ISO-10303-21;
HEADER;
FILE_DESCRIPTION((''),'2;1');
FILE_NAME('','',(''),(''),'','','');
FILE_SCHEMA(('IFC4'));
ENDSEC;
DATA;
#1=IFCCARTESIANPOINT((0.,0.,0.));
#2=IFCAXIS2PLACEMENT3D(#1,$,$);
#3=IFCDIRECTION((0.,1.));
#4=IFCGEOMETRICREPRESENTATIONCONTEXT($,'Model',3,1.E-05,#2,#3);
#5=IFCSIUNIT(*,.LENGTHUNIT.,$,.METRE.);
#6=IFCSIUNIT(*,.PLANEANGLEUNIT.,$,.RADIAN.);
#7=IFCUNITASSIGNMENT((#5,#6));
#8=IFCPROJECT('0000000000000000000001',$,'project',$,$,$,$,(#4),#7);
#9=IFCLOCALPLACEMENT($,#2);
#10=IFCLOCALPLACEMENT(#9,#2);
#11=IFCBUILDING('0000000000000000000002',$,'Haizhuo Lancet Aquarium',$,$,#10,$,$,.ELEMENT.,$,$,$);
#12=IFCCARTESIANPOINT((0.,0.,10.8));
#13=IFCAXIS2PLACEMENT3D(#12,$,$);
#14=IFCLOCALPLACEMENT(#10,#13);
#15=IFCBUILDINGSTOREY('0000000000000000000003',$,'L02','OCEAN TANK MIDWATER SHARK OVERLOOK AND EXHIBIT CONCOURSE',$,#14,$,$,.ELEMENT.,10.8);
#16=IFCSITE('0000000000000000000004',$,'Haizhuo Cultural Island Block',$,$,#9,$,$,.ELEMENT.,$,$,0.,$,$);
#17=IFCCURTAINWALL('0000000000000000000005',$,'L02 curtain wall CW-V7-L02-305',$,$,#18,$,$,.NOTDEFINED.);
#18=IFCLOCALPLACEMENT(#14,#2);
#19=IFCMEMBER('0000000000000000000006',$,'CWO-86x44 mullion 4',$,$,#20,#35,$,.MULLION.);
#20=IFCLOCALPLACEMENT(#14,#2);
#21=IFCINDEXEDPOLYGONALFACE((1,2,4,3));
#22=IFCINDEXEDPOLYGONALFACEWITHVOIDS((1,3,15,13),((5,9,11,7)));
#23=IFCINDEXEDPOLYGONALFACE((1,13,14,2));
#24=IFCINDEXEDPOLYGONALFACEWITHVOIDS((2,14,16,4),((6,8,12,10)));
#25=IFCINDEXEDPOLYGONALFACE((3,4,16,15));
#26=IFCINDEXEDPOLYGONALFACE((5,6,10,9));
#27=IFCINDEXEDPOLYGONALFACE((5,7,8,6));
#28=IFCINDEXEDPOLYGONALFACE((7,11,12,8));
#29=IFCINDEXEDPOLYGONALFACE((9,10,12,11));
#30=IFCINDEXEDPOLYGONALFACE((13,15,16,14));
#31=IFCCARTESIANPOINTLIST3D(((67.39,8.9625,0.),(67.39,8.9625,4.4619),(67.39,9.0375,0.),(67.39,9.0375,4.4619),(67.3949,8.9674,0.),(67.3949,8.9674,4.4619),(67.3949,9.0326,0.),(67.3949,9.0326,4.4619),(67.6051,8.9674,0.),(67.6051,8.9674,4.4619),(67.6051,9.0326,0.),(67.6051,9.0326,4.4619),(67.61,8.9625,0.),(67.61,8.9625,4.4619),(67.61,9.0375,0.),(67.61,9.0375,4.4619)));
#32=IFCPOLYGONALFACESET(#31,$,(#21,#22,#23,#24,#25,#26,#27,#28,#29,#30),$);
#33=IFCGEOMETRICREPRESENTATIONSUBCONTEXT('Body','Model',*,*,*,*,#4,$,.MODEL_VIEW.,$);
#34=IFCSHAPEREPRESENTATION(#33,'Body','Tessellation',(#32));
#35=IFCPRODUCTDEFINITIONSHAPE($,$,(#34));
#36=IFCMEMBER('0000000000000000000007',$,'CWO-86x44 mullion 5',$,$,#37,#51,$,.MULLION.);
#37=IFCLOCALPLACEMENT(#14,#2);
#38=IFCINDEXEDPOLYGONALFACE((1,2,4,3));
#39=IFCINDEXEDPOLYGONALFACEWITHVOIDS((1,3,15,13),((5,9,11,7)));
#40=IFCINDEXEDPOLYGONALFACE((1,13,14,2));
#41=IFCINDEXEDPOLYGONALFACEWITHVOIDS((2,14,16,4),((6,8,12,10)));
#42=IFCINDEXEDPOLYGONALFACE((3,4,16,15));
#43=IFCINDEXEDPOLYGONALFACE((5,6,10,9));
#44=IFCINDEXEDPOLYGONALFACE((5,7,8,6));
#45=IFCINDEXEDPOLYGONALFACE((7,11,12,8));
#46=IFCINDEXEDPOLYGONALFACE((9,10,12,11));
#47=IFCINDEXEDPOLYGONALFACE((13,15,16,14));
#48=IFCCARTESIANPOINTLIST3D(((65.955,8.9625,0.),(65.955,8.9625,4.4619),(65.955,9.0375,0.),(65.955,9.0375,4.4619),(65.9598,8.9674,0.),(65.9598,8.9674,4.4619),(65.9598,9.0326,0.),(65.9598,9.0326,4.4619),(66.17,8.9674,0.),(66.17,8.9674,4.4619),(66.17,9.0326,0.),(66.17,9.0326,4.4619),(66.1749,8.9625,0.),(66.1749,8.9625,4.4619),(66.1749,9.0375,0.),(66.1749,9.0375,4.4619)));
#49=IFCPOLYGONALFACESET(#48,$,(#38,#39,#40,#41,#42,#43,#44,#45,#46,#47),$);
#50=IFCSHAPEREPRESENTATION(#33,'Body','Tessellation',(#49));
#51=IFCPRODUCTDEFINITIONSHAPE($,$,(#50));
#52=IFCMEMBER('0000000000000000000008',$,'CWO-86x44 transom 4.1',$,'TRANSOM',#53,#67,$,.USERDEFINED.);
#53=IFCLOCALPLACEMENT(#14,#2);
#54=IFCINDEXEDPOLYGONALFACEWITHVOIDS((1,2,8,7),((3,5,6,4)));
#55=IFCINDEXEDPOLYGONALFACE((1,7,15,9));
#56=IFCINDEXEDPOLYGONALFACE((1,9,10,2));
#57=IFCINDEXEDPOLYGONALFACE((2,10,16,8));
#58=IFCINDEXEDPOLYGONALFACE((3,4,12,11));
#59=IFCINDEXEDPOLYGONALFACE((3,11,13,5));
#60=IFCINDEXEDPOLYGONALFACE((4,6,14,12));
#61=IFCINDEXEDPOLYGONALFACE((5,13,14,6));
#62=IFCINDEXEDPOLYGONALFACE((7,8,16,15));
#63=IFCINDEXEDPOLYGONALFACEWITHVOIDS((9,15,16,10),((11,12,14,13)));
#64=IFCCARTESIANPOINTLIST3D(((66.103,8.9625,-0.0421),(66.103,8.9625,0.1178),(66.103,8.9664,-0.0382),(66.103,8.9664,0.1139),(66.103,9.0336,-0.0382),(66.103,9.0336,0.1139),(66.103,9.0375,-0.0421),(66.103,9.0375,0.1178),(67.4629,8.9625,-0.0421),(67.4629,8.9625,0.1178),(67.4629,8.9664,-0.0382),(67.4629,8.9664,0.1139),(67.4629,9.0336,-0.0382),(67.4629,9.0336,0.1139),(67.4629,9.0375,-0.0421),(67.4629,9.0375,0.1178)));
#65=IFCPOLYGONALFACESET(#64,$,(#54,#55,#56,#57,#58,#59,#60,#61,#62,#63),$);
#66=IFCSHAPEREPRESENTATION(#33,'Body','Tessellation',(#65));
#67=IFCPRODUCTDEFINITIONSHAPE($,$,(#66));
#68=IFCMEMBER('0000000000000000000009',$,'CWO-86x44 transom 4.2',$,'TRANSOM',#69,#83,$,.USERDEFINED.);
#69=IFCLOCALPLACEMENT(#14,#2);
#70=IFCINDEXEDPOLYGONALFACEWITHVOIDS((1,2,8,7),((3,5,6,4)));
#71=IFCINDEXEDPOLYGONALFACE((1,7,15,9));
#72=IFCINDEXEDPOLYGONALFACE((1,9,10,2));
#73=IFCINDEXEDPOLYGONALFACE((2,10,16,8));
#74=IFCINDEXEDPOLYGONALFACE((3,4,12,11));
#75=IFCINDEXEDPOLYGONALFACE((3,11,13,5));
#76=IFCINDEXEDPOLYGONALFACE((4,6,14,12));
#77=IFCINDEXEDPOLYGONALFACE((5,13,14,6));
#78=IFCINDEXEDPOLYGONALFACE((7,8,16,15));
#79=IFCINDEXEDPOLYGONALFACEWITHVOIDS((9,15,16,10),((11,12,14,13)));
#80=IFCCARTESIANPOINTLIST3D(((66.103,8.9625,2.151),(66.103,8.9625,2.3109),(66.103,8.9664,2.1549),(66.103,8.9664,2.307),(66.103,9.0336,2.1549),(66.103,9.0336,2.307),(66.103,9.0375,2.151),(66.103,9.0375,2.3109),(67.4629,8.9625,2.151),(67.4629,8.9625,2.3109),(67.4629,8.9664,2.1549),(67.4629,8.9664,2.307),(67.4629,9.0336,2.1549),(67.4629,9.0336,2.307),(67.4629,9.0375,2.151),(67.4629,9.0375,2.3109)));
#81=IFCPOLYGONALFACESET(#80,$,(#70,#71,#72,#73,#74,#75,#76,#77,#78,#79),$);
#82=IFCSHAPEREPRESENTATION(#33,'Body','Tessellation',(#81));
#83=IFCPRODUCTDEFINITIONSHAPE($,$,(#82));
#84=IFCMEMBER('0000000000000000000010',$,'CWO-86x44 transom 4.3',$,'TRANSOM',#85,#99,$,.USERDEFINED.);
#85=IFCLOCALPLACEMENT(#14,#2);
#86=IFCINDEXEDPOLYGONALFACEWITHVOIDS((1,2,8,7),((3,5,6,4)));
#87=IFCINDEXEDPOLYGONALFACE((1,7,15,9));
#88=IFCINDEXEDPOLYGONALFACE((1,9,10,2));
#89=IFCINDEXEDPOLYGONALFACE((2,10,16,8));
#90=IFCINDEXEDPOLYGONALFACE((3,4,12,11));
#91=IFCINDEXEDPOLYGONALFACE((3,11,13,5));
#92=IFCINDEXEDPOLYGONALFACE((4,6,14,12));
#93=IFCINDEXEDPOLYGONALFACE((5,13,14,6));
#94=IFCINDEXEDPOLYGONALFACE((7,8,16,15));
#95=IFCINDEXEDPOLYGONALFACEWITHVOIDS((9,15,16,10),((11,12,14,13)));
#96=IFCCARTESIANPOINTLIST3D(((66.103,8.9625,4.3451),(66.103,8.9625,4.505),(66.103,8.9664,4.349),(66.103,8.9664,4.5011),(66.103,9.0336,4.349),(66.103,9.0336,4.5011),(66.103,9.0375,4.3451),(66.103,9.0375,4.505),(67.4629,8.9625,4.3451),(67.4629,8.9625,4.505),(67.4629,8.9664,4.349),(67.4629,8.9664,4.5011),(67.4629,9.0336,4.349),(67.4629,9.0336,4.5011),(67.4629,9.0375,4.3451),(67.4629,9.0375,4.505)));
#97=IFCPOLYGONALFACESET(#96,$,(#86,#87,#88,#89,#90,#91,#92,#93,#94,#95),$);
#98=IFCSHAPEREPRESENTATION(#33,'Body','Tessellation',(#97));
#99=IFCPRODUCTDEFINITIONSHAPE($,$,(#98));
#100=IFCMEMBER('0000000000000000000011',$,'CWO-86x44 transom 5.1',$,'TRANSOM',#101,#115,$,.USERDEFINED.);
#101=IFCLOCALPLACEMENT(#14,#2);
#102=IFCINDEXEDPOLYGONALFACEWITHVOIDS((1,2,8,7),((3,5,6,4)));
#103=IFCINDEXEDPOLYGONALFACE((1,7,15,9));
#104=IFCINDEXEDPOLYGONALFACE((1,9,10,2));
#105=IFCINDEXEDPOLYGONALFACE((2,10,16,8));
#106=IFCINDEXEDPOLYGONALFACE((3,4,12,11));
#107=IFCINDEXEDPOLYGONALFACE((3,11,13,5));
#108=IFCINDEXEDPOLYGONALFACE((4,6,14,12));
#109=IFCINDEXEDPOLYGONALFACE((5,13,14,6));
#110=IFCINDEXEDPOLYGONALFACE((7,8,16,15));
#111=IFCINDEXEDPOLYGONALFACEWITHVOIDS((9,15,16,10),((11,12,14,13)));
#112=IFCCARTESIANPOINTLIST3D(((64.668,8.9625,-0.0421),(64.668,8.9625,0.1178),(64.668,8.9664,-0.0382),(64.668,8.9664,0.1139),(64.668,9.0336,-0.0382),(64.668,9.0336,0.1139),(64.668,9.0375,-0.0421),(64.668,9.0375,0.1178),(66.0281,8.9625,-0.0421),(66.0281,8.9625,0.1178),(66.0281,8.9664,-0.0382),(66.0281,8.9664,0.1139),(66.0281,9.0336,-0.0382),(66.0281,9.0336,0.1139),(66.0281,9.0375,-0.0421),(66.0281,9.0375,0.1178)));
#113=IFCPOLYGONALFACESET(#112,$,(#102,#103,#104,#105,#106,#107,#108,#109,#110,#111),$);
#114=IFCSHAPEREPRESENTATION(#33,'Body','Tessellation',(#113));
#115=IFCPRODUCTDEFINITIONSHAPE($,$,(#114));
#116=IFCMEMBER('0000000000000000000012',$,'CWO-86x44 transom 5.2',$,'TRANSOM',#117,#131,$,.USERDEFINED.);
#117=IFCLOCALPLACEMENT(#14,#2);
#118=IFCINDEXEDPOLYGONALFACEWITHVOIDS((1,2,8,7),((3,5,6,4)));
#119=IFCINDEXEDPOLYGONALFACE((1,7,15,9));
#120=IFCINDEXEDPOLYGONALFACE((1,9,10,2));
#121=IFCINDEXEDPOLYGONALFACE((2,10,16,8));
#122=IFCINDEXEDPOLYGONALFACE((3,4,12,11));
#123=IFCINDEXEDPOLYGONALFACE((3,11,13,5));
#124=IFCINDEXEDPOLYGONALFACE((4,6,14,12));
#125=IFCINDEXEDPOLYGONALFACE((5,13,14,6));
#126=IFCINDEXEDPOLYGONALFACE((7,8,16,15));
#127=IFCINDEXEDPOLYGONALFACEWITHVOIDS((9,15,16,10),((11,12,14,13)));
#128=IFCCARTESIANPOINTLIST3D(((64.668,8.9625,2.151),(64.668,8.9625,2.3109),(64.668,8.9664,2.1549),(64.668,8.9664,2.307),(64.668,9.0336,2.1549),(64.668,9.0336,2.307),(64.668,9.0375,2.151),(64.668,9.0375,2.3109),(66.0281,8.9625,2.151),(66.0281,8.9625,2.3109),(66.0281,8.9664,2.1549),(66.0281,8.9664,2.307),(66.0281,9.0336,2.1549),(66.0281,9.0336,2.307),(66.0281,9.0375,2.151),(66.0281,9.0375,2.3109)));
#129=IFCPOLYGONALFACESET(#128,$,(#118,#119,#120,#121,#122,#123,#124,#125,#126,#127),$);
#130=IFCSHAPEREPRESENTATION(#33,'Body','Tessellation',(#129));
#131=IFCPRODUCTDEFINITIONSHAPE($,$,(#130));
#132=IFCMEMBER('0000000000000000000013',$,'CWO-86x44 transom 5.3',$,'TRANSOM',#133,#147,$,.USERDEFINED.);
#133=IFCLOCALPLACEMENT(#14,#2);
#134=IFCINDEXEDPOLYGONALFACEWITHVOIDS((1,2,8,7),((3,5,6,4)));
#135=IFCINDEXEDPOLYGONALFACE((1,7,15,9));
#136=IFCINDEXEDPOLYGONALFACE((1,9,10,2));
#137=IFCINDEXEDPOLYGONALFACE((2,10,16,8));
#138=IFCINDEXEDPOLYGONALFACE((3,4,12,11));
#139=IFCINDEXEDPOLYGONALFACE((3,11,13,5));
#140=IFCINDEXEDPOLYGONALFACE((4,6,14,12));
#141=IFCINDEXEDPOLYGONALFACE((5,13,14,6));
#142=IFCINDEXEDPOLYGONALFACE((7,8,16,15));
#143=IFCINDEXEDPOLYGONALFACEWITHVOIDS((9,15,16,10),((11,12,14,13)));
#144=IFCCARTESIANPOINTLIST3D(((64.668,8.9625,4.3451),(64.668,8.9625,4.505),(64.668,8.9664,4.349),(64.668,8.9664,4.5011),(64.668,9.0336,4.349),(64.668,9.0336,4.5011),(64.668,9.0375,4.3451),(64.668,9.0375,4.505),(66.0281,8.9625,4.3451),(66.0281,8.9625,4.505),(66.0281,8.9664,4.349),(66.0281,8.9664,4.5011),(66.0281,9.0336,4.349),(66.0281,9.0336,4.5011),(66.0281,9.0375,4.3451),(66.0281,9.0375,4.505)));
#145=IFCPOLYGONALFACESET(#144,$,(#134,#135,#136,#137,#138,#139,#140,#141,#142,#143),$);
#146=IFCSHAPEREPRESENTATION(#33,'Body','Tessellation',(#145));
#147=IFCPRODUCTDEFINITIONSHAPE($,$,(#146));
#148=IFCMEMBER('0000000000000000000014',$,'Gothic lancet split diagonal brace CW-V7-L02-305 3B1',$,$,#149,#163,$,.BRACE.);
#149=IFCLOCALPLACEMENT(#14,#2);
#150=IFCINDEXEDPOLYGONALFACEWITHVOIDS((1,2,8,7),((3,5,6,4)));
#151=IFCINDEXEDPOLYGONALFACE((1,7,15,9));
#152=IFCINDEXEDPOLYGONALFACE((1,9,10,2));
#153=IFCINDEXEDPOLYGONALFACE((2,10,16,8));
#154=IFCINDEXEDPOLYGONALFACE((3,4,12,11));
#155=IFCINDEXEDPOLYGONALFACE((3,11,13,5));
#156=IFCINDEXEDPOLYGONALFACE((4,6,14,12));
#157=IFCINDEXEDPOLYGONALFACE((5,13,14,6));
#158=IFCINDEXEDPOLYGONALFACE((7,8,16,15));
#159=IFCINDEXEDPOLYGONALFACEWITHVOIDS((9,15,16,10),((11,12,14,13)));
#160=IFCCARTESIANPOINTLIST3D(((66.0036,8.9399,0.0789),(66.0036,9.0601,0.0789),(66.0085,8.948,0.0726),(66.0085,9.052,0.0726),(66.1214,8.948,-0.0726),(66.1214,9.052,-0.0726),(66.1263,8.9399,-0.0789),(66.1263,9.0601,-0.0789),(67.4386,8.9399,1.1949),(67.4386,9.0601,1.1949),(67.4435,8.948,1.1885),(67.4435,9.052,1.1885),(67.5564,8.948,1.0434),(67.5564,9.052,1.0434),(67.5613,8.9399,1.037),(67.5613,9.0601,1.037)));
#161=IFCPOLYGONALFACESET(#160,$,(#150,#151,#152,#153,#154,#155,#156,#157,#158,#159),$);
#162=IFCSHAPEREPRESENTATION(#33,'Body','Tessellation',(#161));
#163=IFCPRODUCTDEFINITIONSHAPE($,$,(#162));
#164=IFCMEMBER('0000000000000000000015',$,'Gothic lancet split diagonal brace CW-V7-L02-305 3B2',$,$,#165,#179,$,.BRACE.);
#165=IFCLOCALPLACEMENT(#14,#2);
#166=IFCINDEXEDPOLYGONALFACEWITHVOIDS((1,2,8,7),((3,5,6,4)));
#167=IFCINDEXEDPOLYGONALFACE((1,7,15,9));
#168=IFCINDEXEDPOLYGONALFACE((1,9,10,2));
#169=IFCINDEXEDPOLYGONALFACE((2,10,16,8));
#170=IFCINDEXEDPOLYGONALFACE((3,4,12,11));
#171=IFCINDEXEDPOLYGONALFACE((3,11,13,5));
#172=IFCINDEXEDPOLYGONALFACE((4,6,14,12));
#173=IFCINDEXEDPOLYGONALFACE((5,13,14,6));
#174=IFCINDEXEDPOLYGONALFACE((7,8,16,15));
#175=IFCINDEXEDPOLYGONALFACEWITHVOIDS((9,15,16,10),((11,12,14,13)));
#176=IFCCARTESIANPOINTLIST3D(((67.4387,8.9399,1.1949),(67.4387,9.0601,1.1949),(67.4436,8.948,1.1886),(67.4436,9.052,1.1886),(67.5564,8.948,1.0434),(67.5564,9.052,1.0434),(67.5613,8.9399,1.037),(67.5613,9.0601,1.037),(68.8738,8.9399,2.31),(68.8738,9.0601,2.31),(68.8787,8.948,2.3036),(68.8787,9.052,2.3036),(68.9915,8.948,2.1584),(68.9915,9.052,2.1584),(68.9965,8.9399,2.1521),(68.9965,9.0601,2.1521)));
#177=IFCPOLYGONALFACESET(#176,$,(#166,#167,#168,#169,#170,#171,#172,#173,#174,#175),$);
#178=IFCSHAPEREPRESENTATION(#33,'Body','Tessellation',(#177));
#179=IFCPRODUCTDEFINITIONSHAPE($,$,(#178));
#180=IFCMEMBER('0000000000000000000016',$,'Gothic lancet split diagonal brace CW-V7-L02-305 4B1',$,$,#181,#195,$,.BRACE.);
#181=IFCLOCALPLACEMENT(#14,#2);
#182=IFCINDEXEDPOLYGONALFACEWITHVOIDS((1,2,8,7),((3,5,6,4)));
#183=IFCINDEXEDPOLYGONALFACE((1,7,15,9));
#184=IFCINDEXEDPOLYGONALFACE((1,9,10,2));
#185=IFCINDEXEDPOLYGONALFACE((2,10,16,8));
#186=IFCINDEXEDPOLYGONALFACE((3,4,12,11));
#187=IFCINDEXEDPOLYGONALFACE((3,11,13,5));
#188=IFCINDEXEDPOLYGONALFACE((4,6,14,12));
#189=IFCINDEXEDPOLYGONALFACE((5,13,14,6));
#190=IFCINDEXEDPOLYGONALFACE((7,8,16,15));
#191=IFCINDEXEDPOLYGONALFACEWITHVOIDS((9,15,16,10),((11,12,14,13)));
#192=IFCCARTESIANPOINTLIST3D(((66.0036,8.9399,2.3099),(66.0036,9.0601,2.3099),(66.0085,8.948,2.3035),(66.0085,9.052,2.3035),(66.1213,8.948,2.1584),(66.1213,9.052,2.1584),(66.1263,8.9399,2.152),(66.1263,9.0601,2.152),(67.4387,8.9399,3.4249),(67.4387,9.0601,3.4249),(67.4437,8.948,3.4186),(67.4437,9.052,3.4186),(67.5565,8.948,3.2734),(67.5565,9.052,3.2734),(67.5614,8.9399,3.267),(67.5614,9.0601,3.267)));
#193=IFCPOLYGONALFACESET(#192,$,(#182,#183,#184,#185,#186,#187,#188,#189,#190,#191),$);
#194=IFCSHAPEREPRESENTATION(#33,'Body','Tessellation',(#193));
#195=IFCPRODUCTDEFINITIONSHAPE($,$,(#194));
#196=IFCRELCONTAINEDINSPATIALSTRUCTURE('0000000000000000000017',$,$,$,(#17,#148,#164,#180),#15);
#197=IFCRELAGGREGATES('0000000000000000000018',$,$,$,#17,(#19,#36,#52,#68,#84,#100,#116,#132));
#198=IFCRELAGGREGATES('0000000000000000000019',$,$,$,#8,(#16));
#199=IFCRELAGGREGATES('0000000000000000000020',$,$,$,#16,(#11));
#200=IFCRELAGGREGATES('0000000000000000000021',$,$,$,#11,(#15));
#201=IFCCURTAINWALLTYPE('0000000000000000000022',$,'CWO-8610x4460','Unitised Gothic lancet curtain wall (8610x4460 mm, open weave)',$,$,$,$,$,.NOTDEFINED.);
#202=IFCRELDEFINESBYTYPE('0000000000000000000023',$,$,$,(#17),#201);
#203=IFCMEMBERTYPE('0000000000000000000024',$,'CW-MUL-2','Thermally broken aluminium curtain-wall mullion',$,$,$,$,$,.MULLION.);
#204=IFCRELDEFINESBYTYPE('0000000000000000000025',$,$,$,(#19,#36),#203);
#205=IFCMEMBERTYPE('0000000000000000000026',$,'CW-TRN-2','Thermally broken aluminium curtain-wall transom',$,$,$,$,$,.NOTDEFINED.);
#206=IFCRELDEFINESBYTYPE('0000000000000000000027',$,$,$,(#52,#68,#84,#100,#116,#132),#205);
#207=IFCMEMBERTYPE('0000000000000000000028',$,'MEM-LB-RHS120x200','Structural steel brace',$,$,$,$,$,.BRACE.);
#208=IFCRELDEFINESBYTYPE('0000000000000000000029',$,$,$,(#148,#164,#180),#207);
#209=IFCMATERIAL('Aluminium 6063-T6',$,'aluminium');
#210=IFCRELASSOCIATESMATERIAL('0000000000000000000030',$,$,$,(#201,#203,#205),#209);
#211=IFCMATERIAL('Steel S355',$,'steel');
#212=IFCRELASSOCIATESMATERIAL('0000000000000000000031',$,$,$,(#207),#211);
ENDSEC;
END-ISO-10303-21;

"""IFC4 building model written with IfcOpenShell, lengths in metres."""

from ifc_helpers import new_model, si_unit, direction, frame, origin, origin_2d, place, context, subcontext, project, spatial, hollow_rectangle, extrude, material, material_profile, profile_set, type_object, element, aggregate, save


model = new_model("IFC4")

# Units and contexts
model_context = context("Model", 3, precision=1e-05, world=origin(), true_north=direction((0.0, 1.0)))
body_context = subcontext(model_context, "Body", "Model", "MODEL_VIEW")
ifc_project = project(units=[si_unit("LENGTHUNIT", "METRE"), si_unit("PLANEANGLEUNIT", "RADIAN")], contexts=[model_context])

# Site, building, storey
site_placement = place(None, origin())
site = spatial("IfcSite", under=ifc_project, at=site_placement, Name="Haizhuo Cultural Island Block", CompositionType="ELEMENT", RefElevation=0.0)
building_placement = place(site_placement, origin())
building = spatial("IfcBuilding", under=site, at=building_placement, Name="Haizhuo Lancet Aquarium", CompositionType="ELEMENT")
storey_placement = place(building_placement, frame((0.0, 0.0, 10.8)))
storey = spatial("IfcBuildingStorey", under=building, at=storey_placement, Name="L02", Description="OCEAN TANK MIDWATER SHARK OVERLOOK AND EXHIBIT CONCOURSE", CompositionType="ELEMENT", Elevation=10.8)

# Curtain wall, members
ifc_material_1 = material(Name="Aluminium 6063-T6", Category="aluminium")
curtain_wall_type = type_object("IfcCurtainWallType", Name="CWO-8610x4460", Description="Unitised Gothic lancet curtain wall (8610x4460 mm, open weave)", PredefinedType="NOTDEFINED", material=ifc_material_1)
curtain_wall_placement = place(storey_placement, origin())
curtain_wall = element("IfcCurtainWall", 1, at=curtain_wall_placement, inside=storey, type_object=curtain_wall_type, Name="L02 curtain wall CW-V7-L02-305", PredefinedType="NOTDEFINED")
ifc_material_profile_1 = material_profile(ifc_material_1, hollow_rectangle(XDim=0.075, YDim=0.22, WallThickness=0.0049, at=origin_2d()), Name="ALU-M 75x220x5")
ifc_profile_set_1 = profile_set([ifc_material_profile_1], Name="Aluminium 6063-T6")
member_type_1 = type_object("IfcMemberType", Name="CW-MUL-2", Description="Thermally broken aluminium curtain-wall mullion", PredefinedType="MULLION", material=ifc_profile_set_1)
member_1_placement = place(storey_placement, frame((67.5, 9.0, 0.0), z_axis=(0.0, 0.0, 1.0), x_axis=(0.0, -1.0, 0.0)))
member_1 = element("IfcMember", 2, at=member_1_placement, type_object=member_type_1, Name="CWO-86x44 mullion 4", PredefinedType="MULLION", context=body_context, shape_type="SweptSolid", body=[
    extrude(hollow_rectangle(XDim=0.075, YDim=0.22, WallThickness=0.0049, at=origin_2d()), origin(), (0.0, 0.0, 1.0), 4.4619),
])
member_2_placement = place(storey_placement, frame((66.0649, 9.0, 0.0), z_axis=(0.0, 0.0, 1.0), x_axis=(0.0, -1.0, 0.0)))
member_2 = element("IfcMember", 3, at=member_2_placement, type_object=member_type_1, Name="CWO-86x44 mullion 5", PredefinedType="MULLION", context=body_context, shape_type="SweptSolid", body=[
    extrude(hollow_rectangle(XDim=0.075, YDim=0.22, WallThickness=0.0049, at=origin_2d()), origin(), (0.0, 0.0, 1.0), 4.4619),
])
ifc_material_profile_2 = material_profile(ifc_material_1, hollow_rectangle(XDim=0.075, YDim=0.1599, WallThickness=0.0039, at=origin_2d()), Name="ALU-T 75x160x4")
ifc_profile_set_2 = profile_set([ifc_material_profile_2], Name="Aluminium 6063-T6")
member_type_2 = type_object("IfcMemberType", Name="CW-TRN-2", Description="Thermally broken aluminium curtain-wall transom", PredefinedType="NOTDEFINED", material=ifc_profile_set_2)
member_3_placement = place(storey_placement, frame((67.4629, 9.0, 0.0378), z_axis=(-1.0, 0.0, 0.0), x_axis=(0.0, -1.0, 0.0)))
member_3 = element("IfcMember", 4, at=member_3_placement, type_object=member_type_2, Name="CWO-86x44 transom 4.1", ObjectType="TRANSOM", PredefinedType="USERDEFINED", context=body_context, shape_type="SweptSolid", body=[
    extrude(hollow_rectangle(XDim=0.075, YDim=0.1599, WallThickness=0.0039, at=origin_2d()), origin(), (0.0, 0.0, 1.0), 1.3599),
])
member_4_placement = place(storey_placement, frame((67.4629, 9.0, 2.231), z_axis=(-1.0, 0.0, 0.0), x_axis=(0.0, -1.0, 0.0)))
member_4 = element("IfcMember", 5, at=member_4_placement, type_object=member_type_2, Name="CWO-86x44 transom 4.2", ObjectType="TRANSOM", PredefinedType="USERDEFINED", context=body_context, shape_type="SweptSolid", body=[
    extrude(hollow_rectangle(XDim=0.075, YDim=0.1599, WallThickness=0.0039, at=origin_2d()), origin(), (0.0, 0.0, 1.0), 1.3599),
])
member_5_placement = place(storey_placement, frame((67.4629, 9.0, 4.425), z_axis=(-1.0, 0.0, 0.0), x_axis=(0.0, -1.0, 0.0)))
member_5 = element("IfcMember", 6, at=member_5_placement, type_object=member_type_2, Name="CWO-86x44 transom 4.3", ObjectType="TRANSOM", PredefinedType="USERDEFINED", context=body_context, shape_type="SweptSolid", body=[
    extrude(hollow_rectangle(XDim=0.075, YDim=0.1599, WallThickness=0.0039, at=origin_2d()), origin(), (0.0, 0.0, 1.0), 1.3599),
])
member_6_placement = place(storey_placement, frame((66.0281, 9.0, 0.0378), z_axis=(-1.0, 0.0, 0.0), x_axis=(0.0, -1.0, 0.0)))
member_6 = element("IfcMember", 7, at=member_6_placement, type_object=member_type_2, Name="CWO-86x44 transom 5.1", ObjectType="TRANSOM", PredefinedType="USERDEFINED", context=body_context, shape_type="SweptSolid", body=[
    extrude(hollow_rectangle(XDim=0.075, YDim=0.1599, WallThickness=0.0039, at=origin_2d()), origin(), (0.0, 0.0, 1.0), 1.3601),
])
member_7_placement = place(storey_placement, frame((66.0281, 9.0, 2.231), z_axis=(-1.0, 0.0, 0.0), x_axis=(0.0, -1.0, 0.0)))
member_7 = element("IfcMember", 8, at=member_7_placement, type_object=member_type_2, Name="CWO-86x44 transom 5.2", ObjectType="TRANSOM", PredefinedType="USERDEFINED", context=body_context, shape_type="SweptSolid", body=[
    extrude(hollow_rectangle(XDim=0.075, YDim=0.1599, WallThickness=0.0039, at=origin_2d()), origin(), (0.0, 0.0, 1.0), 1.3601),
])
member_8_placement = place(storey_placement, frame((66.0281, 9.0, 4.425), z_axis=(-1.0, 0.0, 0.0), x_axis=(0.0, -1.0, 0.0)))
member_8 = element("IfcMember", 9, at=member_8_placement, type_object=member_type_2, Name="CWO-86x44 transom 5.3", ObjectType="TRANSOM", PredefinedType="USERDEFINED", context=body_context, shape_type="SweptSolid", body=[
    extrude(hollow_rectangle(XDim=0.075, YDim=0.1599, WallThickness=0.0039, at=origin_2d()), origin(), (0.0, 0.0, 1.0), 1.3601),
])

# Members
ifc_material_2 = material(Name="Steel S355", Category="steel")
ifc_material_profile_3 = material_profile(ifc_material_2, hollow_rectangle(XDim=0.1201, YDim=0.2, WallThickness=0.0081, at=origin_2d()), Name="RHS 120x200x8")
ifc_profile_set_3 = profile_set([ifc_material_profile_3], Name="Steel S355")
member_type_3 = type_object("IfcMemberType", Name="MEM-LB-RHS120x200", Description="Structural steel brace", PredefinedType="BRACE", material=ifc_profile_set_3)
member_9_placement = place(storey_placement, frame((66.0649, 9.0, 0.0), z_axis=(0.789403, 0.0, 0.613876), x_axis=(0.0, 1.0, 0.0)))
element("IfcMember", 10, at=member_9_placement, inside=storey, type_object=member_type_3, Name="Gothic lancet split diagonal brace CW-V7-L02-305 3B1", PredefinedType="BRACE", context=body_context, shape_type="SweptSolid", body=[
    extrude(hollow_rectangle(XDim=0.1201, YDim=0.2, WallThickness=0.0081, at=origin_2d()), origin(), (0.0, 0.0, 1.0), 1.8179),
])
for number, where, z_axis, x_axis, name in (
    (11, (67.5, 9.0, 1.116), (0.789663, 0.0, 0.613541), (0.0, 1.0, 0.0), "Gothic lancet split diagonal brace CW-V7-L02-305 3B2"),
    (12, (66.0649, 9.0, 2.231), (0.789663, 0.0, 0.613541), (0.0, 1.0, 0.0), "Gothic lancet split diagonal brace CW-V7-L02-305 4B1"),
):
    element("IfcMember", number, at=place(storey_placement, frame(where, z_axis=z_axis, x_axis=x_axis)), inside=storey, type_object=member_type_3, Name=name, PredefinedType="BRACE", context=body_context, shape_type="SweptSolid", body=[
        extrude(hollow_rectangle(XDim=0.1201, YDim=0.2, WallThickness=0.0081, at=origin_2d()), origin(), (0.0, 0.0, 1.0), 1.8174),
    ])

aggregate(curtain_wall, [member_1, member_2, member_3, member_4, member_5, member_6, member_7, member_8])

save(model, "model.ifc")
